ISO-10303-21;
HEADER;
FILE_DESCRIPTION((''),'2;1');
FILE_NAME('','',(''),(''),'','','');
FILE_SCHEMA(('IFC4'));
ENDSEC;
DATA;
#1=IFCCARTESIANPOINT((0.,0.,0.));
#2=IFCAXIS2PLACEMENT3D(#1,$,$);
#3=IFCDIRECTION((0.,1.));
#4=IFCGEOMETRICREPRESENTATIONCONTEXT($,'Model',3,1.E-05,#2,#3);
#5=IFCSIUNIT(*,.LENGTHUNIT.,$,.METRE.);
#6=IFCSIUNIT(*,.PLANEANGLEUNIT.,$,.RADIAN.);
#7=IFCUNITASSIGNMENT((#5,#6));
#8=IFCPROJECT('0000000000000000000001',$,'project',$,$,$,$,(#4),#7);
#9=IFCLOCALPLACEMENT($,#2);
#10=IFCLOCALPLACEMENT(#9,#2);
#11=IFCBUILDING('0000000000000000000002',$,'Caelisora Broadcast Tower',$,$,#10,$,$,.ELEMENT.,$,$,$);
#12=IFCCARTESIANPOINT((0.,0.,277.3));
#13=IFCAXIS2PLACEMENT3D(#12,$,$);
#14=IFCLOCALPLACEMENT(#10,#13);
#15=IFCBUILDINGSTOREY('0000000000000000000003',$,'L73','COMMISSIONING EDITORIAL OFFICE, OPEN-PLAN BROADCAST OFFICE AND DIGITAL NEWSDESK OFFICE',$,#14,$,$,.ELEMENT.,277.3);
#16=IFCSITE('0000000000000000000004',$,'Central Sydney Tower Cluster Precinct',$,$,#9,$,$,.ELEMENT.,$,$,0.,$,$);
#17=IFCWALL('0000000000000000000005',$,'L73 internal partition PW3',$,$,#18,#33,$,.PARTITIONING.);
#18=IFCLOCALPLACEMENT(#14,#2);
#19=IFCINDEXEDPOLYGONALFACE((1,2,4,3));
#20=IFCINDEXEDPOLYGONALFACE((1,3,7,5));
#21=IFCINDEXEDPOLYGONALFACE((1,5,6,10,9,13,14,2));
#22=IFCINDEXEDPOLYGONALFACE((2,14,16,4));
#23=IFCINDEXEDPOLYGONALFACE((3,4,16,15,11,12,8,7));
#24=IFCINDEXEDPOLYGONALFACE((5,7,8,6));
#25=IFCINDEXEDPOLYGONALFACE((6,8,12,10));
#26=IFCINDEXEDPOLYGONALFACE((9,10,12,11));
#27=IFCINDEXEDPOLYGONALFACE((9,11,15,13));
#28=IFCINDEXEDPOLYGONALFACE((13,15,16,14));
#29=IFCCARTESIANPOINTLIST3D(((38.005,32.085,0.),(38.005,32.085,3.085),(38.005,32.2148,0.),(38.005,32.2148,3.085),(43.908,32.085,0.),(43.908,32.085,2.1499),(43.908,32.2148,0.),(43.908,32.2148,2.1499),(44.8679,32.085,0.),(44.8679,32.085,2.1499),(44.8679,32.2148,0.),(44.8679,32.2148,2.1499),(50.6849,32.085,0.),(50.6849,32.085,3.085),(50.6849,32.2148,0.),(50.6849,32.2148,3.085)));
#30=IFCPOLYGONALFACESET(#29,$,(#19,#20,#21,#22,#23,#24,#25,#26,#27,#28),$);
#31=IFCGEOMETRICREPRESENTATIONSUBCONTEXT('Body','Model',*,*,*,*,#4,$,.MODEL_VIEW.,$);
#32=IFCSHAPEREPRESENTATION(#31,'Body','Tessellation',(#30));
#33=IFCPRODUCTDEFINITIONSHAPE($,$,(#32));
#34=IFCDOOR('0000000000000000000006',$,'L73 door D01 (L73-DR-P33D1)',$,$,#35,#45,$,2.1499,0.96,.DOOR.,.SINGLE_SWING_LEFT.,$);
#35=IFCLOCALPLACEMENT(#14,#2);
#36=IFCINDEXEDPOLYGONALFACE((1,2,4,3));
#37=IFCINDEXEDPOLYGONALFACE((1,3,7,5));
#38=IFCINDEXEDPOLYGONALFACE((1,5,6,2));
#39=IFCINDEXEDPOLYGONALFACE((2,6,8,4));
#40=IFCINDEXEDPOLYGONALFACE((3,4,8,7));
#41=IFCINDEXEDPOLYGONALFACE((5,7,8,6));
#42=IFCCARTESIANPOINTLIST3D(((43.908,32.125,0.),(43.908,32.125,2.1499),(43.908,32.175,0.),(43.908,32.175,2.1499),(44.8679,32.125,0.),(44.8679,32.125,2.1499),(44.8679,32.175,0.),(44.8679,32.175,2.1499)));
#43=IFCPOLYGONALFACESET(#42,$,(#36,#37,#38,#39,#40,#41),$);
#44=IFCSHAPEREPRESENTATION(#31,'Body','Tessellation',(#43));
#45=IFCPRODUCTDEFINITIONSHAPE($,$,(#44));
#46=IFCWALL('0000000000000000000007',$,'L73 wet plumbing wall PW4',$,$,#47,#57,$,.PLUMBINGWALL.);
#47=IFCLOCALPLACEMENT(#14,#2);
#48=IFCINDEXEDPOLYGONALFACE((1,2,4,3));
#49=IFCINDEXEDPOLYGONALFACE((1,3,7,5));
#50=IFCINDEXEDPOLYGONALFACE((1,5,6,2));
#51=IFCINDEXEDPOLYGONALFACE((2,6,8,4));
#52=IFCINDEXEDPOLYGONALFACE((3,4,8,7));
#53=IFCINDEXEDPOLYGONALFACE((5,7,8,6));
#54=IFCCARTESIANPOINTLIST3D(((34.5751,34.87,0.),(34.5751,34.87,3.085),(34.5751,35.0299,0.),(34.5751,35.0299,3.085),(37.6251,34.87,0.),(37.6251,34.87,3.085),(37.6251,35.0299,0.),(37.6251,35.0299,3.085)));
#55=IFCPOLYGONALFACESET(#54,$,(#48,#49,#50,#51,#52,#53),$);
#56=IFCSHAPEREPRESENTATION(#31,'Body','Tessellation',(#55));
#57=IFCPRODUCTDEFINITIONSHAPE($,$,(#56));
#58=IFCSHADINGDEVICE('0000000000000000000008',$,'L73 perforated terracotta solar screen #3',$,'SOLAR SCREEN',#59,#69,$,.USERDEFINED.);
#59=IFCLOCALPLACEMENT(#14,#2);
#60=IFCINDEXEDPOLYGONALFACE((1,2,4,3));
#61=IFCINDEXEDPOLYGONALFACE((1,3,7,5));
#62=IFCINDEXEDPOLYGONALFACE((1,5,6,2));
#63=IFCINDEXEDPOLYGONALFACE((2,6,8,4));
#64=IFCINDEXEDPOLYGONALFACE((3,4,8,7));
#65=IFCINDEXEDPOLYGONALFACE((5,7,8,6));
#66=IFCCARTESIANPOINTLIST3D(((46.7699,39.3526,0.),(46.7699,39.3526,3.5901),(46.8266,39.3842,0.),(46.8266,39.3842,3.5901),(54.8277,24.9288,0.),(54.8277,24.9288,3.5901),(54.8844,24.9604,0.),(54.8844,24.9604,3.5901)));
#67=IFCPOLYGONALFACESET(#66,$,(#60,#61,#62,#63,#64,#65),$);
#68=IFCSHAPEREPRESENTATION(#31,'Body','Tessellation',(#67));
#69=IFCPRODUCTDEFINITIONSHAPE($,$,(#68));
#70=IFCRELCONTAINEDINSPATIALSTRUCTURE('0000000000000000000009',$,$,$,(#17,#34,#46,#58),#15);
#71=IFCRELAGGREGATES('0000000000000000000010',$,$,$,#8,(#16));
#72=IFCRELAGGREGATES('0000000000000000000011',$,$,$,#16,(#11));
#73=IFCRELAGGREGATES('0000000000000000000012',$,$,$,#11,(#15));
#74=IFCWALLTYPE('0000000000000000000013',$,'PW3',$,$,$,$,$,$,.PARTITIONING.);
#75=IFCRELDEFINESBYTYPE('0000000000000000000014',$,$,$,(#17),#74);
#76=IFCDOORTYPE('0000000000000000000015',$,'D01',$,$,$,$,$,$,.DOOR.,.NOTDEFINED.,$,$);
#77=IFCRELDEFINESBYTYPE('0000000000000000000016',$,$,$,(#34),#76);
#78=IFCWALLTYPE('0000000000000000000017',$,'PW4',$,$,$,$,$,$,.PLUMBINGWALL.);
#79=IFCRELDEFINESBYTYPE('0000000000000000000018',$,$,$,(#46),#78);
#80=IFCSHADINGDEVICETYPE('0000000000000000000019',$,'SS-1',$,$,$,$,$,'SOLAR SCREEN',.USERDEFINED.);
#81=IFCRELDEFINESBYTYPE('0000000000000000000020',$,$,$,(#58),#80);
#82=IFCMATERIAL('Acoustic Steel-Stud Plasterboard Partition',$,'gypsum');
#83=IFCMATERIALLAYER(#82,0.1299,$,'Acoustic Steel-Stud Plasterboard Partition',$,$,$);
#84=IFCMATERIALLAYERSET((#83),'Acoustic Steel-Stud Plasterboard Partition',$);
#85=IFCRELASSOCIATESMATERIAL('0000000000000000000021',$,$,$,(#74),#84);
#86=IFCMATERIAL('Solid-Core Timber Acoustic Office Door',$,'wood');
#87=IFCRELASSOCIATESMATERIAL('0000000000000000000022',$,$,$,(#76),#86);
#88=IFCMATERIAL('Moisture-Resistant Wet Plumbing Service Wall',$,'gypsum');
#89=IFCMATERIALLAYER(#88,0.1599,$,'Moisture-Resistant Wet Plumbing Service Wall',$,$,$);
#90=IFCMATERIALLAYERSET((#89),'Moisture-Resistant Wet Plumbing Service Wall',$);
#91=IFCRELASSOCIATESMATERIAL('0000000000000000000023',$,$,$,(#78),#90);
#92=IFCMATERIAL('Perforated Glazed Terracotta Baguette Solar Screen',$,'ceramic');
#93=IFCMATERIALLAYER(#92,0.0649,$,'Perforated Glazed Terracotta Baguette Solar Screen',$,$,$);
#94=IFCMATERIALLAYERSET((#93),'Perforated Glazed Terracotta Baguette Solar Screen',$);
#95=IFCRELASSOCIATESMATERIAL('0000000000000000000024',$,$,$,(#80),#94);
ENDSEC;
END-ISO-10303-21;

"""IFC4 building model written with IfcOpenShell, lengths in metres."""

from ifc_helpers import new_model, si_unit, direction, frame, frame_2d, origin, origin_2d, place, context, subcontext, project, spatial, rectangle, extrude, source, transform, mapped, material, layer, layer_set, type_object, type_shapes, element, fill, save


model = new_model("IFC4")

# Units and contexts
model_context = context("Model", 3, precision=1e-05, world=origin(), true_north=direction((0.0, 1.0)))
body_context = subcontext(model_context, "Body", "Model", "MODEL_VIEW")
ifc_project = project(units=[si_unit("LENGTHUNIT", "METRE"), si_unit("PLANEANGLEUNIT", "RADIAN")], contexts=[model_context])

# Site, building, storey
site_placement = place(None, origin())
site = spatial("IfcSite", under=ifc_project, at=site_placement, Name="Central Sydney Tower Cluster Precinct", CompositionType="ELEMENT", RefElevation=0.0)
building_placement = place(site_placement, origin())
building = spatial("IfcBuilding", under=site, at=building_placement, Name="Caelisora Broadcast Tower", CompositionType="ELEMENT")
storey_placement = place(building_placement, frame((0.0, 0.0, 277.3)))
storey = spatial("IfcBuildingStorey", under=building, at=storey_placement, Name="L73", Description="COMMISSIONING EDITORIAL OFFICE, OPEN-PLAN BROADCAST OFFICE AND DIGITAL NEWSDESK OFFICE", CompositionType="ELEMENT", Elevation=277.3)

# Shared definitions
ifc_material_1 = material(Name="Acoustic Steel-Stud Plasterboard Partition", Category="gypsum")
ifc_layer_1 = layer(ifc_material_1, 0.1299, Name="Acoustic Steel-Stud Plasterboard Partition")
ifc_layer_set_1 = layer_set([ifc_layer_1], Name="Acoustic Steel-Stud Plasterboard Partition")
wall_type_1 = type_object("IfcWallType", Name="PW3", PredefinedType="PARTITIONING", material=ifc_layer_set_1)

# Wall, opening, door
wall_1_placement = place(storey_placement, frame((50.6848, 32.1499, 0.0), z_axis=(0.0, 0.0, 1.0), x_axis=(-1.0, 0.0, 0.0)))
wall_1 = element("IfcWall", 1, at=wall_1_placement, inside=storey, type_object=wall_type_1, Name="L73 internal partition PW3", PredefinedType="PARTITIONING", context=body_context, shape_type="SweptSolid", body=[
    extrude(rectangle(XDim=12.6799, YDim=0.1299, at=frame_2d((6.3398, 0.0))), origin(), (0.0, 0.0, 1.0), 3.085),
])
opening_placement = place(wall_1_placement, frame((5.8169, 0.0, 0.0)))
opening = element("IfcOpeningElement", 2, at=opening_placement, cuts=wall_1, PredefinedType="OPENING", context=body_context, shape_type="SweptSolid", body=[
    extrude(rectangle(XDim=0.96, YDim=2.1499, at=frame_2d((0.48, 1.075))), frame((0.0, 0.0769, 0.0), z_axis=(0.0, -1.0, 0.0), x_axis=(1.0, 0.0, 0.0)), (0.0, 0.0, 1.0), 0.1538),
])
ifc_material_2 = material(Name="Solid-Core Timber Acoustic Office Door", Category="wood")
door_type = type_object("IfcDoorType", Name="D01", OperationType="NOTDEFINED", PredefinedType="DOOR", material=ifc_material_2)
door_placement = place(opening_placement, origin())
door = element("IfcDoor", 3, at=door_placement, inside=storey, type_object=door_type, Name="L73 door D01 (L73-DR-P33D1)", OperationType="SINGLE_SWING_LEFT", OverallHeight=2.1499, OverallWidth=0.96, PredefinedType="DOOR", context=body_context, shape_type="SweptSolid", body=[
    extrude(rectangle(XDim=0.96, YDim=2.1499, at=frame_2d((0.48, 1.075))), frame((0.0, 0.0249, 0.0), z_axis=(0.0, -1.0, 0.0), x_axis=(1.0, 0.0, 0.0)), (0.0, 0.0, 1.0), 0.05),
])
fill(opening, door)

# Wall
ifc_material_3 = material(Name="Moisture-Resistant Wet Plumbing Service Wall", Category="gypsum")
ifc_layer_2 = layer(ifc_material_3, 0.1599, Name="Moisture-Resistant Wet Plumbing Service Wall")
ifc_layer_set_2 = layer_set([ifc_layer_2], Name="Moisture-Resistant Wet Plumbing Service Wall")
wall_type_2 = type_object("IfcWallType", Name="PW4", PredefinedType="PLUMBINGWALL", material=ifc_layer_set_2)
wall_2_placement = place(storey_placement, frame((37.625, 34.95, 0.0), z_axis=(0.0, 0.0, 1.0), x_axis=(-1.0, 0.0, 0.0)))
element("IfcWall", 4, at=wall_2_placement, inside=storey, type_object=wall_type_2, Name="L73 wet plumbing wall PW4", PredefinedType="PLUMBINGWALL", context=body_context, shape_type="SweptSolid", body=[
    extrude(rectangle(XDim=3.05, YDim=0.1599, at=frame_2d((1.5249, 0.0))), origin(), (0.0, 0.0, 1.0), 3.085),
])

# Shading device
ifc_material_4 = material(Name="Perforated Glazed Terracotta Baguette Solar Screen", Category="ceramic")
ifc_layer_3 = layer(ifc_material_4, 0.0649, Name="Perforated Glazed Terracotta Baguette Solar Screen")
ifc_layer_set_3 = layer_set([ifc_layer_3], Name="Perforated Glazed Terracotta Baguette Solar Screen")
shading_device_type = type_object("IfcShadingDeviceType", Name="SS-1", ElementType="SOLAR SCREEN", PredefinedType="USERDEFINED", material=ifc_layer_set_3)
shared_shape_1 = source(origin(), body_context, "Body", "SweptSolid", [
    extrude(rectangle(XDim=16.522, YDim=0.0649, at=origin_2d()), origin(), (0.0, 0.0, 1.0), 3.5901),
])
type_shapes(shading_device_type, [shared_shape_1])
shading_device_placement = place(storey_placement, frame((50.8271, 32.1565, 0.0), z_axis=(0.0, 0.0, 1.0), x_axis=(-0.487707, 0.873007, 0.0)))
element("IfcShadingDevice", 5, at=shading_device_placement, inside=storey, type_object=shading_device_type, Name="L73 perforated terracotta solar screen #3", ObjectType="SOLAR SCREEN", PredefinedType="USERDEFINED", context=body_context, shape_type="MappedRepresentation", body=[
    mapped(shared_shape_1, transform((0.0, 0.0, 0.0), scale=1.0)),
])

save(model, "model.ifc")
